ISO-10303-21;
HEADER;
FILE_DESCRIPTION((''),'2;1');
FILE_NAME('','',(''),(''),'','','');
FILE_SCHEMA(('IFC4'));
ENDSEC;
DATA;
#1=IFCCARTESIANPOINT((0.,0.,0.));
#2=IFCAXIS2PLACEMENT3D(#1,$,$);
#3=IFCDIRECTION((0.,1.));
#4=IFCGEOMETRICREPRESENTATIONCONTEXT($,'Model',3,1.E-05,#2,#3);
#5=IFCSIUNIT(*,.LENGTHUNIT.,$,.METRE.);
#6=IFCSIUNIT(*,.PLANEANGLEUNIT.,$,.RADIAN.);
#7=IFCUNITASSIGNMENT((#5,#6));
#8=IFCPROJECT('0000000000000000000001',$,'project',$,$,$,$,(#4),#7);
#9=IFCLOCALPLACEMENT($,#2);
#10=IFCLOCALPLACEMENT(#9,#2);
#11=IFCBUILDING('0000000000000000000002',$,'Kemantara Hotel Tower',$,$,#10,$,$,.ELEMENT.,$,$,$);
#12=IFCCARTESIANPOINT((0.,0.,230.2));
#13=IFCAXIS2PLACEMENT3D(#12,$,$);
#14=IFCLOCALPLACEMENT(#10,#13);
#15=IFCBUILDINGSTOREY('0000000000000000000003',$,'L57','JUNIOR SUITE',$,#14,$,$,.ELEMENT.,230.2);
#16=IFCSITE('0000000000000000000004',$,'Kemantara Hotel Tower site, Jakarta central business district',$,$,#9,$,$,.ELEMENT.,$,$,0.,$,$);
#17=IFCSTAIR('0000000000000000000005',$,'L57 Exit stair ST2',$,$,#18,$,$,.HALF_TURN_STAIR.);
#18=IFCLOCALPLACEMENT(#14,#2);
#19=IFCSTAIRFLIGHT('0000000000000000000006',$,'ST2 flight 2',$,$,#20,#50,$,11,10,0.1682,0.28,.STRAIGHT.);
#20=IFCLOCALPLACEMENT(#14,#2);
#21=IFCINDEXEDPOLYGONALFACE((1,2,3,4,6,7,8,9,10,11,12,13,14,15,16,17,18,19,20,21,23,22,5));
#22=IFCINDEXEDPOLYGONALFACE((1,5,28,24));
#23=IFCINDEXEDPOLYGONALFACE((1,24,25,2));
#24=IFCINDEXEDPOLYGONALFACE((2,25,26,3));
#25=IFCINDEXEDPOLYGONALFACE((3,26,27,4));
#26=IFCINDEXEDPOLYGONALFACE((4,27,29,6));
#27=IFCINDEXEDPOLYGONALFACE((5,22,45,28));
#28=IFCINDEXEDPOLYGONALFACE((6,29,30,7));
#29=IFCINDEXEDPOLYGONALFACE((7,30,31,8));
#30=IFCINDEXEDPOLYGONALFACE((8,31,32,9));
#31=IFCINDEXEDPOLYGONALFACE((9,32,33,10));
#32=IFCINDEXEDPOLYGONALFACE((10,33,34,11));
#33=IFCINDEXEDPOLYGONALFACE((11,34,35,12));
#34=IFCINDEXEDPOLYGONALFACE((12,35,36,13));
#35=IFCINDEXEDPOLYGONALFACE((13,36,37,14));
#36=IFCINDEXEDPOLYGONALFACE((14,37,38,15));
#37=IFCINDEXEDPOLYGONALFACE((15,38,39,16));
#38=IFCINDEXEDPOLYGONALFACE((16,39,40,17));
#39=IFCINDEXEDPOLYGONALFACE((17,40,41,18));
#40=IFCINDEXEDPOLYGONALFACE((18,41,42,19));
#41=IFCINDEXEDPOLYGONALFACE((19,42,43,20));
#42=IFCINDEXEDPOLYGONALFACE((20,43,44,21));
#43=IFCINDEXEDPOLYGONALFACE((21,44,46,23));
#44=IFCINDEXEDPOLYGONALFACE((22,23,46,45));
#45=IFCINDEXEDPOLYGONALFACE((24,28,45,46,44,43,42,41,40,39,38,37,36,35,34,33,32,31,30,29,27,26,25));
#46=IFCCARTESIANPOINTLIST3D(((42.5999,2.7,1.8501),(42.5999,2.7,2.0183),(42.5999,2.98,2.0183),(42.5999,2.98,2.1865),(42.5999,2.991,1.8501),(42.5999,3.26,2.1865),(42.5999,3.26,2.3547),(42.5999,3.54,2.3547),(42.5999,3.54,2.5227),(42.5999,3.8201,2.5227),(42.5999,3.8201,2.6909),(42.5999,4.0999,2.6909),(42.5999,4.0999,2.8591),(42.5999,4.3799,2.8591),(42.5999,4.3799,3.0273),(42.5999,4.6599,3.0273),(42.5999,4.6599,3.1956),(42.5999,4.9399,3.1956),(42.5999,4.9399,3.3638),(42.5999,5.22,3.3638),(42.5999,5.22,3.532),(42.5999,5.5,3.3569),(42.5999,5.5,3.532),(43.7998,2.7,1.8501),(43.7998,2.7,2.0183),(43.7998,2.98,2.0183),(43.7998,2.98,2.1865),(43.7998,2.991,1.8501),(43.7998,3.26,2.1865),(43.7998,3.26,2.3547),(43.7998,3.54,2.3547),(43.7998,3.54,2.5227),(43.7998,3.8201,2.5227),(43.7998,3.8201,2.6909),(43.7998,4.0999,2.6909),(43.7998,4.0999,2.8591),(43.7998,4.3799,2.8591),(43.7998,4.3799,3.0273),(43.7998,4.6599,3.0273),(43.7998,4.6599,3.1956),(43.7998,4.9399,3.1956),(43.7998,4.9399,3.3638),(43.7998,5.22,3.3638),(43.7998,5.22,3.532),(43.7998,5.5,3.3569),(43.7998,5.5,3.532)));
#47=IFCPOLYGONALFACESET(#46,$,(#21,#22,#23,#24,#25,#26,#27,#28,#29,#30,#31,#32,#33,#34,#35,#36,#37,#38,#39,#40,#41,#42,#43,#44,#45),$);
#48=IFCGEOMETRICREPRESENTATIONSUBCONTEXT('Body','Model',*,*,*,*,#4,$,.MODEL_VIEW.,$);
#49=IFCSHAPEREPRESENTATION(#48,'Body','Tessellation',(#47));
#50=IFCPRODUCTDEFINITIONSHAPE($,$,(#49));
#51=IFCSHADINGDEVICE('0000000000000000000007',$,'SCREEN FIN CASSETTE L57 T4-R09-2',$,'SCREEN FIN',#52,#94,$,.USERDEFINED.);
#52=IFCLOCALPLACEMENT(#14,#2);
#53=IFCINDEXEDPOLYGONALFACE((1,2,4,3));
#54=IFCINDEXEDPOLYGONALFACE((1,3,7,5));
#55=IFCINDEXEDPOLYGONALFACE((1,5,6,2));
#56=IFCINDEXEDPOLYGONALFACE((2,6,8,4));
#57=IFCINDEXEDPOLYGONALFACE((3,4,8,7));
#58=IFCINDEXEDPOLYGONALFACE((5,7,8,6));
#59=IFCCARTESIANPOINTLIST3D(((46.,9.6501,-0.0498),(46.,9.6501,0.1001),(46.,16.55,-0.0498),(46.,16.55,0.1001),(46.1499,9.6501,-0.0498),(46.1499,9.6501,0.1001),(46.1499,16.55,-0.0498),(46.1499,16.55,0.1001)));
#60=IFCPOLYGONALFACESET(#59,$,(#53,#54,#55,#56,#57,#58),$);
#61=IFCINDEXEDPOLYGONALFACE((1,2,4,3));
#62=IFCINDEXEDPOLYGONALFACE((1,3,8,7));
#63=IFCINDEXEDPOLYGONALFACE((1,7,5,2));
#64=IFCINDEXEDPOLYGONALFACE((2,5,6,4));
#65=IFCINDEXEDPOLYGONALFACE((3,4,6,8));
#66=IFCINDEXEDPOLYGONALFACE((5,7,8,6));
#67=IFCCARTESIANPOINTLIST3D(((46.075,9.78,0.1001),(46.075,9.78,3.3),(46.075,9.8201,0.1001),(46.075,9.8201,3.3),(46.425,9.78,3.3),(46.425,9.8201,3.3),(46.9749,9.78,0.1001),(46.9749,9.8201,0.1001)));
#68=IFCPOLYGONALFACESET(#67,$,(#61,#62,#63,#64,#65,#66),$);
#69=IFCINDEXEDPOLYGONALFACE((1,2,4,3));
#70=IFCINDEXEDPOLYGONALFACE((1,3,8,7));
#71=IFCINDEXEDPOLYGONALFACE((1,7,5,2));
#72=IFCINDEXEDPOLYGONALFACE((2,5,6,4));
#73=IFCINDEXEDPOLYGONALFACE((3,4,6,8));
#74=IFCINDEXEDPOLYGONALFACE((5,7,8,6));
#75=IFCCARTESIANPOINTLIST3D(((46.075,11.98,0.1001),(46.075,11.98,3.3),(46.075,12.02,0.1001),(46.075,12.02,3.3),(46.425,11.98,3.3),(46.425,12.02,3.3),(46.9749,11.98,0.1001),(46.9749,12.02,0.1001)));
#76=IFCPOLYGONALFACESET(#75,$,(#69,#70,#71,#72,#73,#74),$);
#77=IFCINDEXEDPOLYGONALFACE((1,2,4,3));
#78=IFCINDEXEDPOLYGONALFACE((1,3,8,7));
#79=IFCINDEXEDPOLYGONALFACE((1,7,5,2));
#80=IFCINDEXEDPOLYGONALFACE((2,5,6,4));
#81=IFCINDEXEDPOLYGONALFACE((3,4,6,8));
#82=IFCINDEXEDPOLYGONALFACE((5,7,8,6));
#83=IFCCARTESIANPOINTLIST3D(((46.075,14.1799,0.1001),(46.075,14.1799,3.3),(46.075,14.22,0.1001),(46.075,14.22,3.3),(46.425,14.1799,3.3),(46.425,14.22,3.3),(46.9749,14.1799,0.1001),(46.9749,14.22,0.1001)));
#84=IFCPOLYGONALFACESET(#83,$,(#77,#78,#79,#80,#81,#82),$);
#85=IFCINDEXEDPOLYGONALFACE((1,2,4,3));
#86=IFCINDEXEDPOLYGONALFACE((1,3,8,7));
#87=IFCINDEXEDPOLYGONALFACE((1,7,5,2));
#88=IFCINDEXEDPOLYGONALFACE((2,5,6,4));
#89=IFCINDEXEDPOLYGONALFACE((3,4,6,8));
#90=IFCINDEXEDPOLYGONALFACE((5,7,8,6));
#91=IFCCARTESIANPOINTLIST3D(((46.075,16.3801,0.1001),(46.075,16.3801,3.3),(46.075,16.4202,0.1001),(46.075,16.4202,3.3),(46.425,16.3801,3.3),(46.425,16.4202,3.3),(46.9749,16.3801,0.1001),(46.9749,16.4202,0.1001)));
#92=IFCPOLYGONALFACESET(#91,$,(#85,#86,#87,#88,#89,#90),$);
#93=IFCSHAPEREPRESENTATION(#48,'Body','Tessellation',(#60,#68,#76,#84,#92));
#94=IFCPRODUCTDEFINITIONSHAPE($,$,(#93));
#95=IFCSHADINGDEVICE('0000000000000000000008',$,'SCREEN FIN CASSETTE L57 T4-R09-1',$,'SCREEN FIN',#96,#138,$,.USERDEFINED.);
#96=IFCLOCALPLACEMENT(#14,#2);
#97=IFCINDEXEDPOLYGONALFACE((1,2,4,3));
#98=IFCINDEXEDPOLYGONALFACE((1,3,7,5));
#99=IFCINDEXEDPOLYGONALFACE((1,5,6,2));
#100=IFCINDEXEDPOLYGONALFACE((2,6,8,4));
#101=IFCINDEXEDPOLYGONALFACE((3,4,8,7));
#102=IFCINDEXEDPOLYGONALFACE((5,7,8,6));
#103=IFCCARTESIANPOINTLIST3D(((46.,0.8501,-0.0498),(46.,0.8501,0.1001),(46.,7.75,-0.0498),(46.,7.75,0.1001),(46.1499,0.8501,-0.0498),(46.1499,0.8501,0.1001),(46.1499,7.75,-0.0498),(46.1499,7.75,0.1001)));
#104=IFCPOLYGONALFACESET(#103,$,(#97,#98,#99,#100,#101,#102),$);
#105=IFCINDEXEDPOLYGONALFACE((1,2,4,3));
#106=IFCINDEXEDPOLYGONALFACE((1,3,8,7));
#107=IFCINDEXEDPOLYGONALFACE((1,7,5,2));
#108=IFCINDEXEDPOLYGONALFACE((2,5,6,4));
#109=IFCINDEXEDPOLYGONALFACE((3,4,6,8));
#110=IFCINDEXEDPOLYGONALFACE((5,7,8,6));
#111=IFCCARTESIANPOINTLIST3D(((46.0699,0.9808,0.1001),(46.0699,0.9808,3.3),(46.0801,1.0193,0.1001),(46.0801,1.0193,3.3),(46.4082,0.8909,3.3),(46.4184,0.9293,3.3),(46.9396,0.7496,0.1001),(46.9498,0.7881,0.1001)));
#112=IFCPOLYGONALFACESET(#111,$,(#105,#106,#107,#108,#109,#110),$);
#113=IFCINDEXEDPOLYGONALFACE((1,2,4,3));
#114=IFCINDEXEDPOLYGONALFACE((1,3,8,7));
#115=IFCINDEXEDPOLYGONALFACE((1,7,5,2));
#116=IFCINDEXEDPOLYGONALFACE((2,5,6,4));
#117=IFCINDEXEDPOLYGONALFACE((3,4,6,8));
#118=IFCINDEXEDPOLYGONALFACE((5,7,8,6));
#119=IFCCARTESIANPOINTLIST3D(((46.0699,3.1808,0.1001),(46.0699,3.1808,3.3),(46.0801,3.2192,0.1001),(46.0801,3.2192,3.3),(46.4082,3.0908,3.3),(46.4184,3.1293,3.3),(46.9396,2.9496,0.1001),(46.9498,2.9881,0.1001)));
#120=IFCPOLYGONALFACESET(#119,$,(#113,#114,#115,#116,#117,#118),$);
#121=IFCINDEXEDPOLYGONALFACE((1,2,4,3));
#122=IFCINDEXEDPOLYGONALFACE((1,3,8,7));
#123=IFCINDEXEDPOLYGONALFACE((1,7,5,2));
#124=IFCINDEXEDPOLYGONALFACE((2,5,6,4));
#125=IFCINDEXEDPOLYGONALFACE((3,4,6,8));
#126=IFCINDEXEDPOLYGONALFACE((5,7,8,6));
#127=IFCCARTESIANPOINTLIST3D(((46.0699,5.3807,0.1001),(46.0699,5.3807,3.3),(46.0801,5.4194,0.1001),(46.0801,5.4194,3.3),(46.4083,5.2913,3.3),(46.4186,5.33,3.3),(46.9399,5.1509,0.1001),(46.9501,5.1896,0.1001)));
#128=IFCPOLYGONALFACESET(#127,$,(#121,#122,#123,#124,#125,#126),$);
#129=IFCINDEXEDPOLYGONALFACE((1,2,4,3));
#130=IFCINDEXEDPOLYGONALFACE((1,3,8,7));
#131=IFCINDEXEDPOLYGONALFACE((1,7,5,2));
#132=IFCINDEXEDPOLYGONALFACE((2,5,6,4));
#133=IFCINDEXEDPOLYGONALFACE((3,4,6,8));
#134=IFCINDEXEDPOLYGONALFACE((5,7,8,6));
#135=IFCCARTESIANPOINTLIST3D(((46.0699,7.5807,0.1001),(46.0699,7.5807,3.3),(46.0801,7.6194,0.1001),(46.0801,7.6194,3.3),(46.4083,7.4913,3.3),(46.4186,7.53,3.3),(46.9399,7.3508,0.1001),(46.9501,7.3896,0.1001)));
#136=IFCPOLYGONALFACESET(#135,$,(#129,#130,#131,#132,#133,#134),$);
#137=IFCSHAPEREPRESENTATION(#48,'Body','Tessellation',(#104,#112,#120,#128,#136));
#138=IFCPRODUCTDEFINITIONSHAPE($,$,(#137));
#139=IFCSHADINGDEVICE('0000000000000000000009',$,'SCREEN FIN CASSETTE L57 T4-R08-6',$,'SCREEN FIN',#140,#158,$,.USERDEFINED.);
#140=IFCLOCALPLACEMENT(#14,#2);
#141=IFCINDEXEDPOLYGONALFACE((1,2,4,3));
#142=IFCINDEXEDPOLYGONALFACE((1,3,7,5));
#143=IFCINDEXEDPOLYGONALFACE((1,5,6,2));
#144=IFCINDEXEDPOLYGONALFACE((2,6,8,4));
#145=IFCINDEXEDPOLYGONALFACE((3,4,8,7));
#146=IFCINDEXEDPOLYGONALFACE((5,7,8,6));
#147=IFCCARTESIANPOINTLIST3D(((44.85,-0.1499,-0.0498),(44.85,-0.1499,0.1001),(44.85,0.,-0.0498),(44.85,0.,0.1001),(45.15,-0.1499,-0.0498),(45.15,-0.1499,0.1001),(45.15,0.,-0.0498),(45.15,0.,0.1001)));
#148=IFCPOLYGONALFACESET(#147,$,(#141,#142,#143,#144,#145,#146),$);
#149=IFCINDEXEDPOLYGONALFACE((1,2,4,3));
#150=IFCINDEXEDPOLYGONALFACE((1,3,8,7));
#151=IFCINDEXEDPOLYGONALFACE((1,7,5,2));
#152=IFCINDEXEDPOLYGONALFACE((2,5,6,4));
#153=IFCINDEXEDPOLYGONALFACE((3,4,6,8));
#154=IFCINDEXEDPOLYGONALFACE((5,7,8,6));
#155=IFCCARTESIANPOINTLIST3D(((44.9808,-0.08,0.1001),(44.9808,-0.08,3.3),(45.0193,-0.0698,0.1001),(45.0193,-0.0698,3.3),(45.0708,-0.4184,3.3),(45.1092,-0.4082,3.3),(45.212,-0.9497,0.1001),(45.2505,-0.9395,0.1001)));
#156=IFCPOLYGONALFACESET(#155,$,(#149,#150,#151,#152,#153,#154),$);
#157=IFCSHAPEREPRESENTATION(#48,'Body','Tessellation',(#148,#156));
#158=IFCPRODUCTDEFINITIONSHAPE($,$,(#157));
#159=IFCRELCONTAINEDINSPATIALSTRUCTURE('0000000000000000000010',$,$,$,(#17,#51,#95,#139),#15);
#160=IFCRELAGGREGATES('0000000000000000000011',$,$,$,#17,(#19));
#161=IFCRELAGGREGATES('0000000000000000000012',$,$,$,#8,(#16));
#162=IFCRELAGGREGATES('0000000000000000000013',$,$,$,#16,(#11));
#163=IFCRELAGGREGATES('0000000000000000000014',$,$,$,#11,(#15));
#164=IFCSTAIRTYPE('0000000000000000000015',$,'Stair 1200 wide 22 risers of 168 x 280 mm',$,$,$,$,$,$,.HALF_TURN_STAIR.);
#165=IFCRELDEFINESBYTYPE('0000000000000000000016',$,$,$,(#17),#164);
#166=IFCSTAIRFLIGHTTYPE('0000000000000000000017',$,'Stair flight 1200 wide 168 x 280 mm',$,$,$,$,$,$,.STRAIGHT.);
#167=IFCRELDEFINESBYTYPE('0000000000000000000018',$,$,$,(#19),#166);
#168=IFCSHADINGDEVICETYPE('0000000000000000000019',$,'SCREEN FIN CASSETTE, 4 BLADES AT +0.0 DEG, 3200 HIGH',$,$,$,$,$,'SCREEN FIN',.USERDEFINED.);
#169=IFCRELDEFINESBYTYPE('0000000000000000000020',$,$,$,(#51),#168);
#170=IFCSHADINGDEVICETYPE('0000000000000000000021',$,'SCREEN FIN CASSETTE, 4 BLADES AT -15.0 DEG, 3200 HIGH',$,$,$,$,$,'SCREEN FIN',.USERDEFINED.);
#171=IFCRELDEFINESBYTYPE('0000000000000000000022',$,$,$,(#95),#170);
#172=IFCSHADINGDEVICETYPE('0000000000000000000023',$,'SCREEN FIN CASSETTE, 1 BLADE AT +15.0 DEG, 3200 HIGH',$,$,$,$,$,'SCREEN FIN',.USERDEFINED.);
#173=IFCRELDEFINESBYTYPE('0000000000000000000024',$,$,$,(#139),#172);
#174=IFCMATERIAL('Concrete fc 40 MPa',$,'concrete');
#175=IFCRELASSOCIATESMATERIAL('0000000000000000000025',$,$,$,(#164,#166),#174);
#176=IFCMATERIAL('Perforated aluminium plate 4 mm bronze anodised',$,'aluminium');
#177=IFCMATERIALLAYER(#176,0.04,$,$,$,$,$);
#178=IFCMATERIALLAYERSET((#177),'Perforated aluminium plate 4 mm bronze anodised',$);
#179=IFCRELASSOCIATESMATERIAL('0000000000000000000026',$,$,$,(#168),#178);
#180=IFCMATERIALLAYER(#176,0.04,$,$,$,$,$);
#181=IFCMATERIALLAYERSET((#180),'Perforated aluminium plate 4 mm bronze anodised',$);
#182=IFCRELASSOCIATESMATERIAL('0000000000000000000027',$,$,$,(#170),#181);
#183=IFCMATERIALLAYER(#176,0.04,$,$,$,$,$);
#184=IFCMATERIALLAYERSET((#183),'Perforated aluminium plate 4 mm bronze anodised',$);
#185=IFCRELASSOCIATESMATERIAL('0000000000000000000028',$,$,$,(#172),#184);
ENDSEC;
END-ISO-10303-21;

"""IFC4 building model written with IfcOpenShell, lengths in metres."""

from ifc_helpers import new_model, si_unit, direction, frame, origin, origin_2d, place, context, subcontext, project, spatial, polyline, rectangle, outline, extrude, source, transform, mapped, material, layer, layer_set, type_object, element, aggregate, save


model = new_model("IFC4")

# Units and contexts
model_context = context("Model", 3, precision=1e-05, world=origin(), true_north=direction((0.0, 1.0)))
body_context = subcontext(model_context, "Body", "Model", "MODEL_VIEW")
ifc_project = project(units=[si_unit("LENGTHUNIT", "METRE"), si_unit("PLANEANGLEUNIT", "RADIAN")], contexts=[model_context])

# Site, building, storey
site_placement = place(None, origin())
site = spatial("IfcSite", under=ifc_project, at=site_placement, Name="Kemantara Hotel Tower site, Jakarta central business district", CompositionType="ELEMENT", RefElevation=0.0)
building_placement = place(site_placement, origin())
building = spatial("IfcBuilding", under=site, at=building_placement, Name="Kemantara Hotel Tower", CompositionType="ELEMENT")
storey_placement = place(building_placement, frame((0.0, 0.0, 230.2)))
storey = spatial("IfcBuildingStorey", under=building, at=storey_placement, Name="L57", Description="JUNIOR SUITE", CompositionType="ELEMENT", Elevation=230.2)

# Stair, stair flight
ifc_material_1 = material(Name="Concrete fc 40 MPa", Category="concrete")
stair_type = type_object("IfcStairType", Name="Stair 1200 wide 22 risers of 168 x 280 mm", PredefinedType="HALF_TURN_STAIR", material=ifc_material_1)
stair_placement = place(storey_placement, origin())
stair = element("IfcStair", 1, at=stair_placement, inside=storey, type_object=stair_type, Name="L57 Exit stair ST2", PredefinedType="HALF_TURN_STAIR")
stair_flight_type = type_object("IfcStairFlightType", Name="Stair flight 1200 wide 168 x 280 mm", PredefinedType="STRAIGHT", material=ifc_material_1)
stair_flight_placement = place(storey_placement, frame((43.2, 2.7, 1.8501), z_axis=(0.0, 0.0, 1.0), x_axis=(0.0, 1.0, 0.0)))
stair_flight = element("IfcStairFlight", 2, at=stair_flight_placement, type_object=stair_flight_type, Name="ST2 flight 2", NumberOfRisers=11, NumberOfTreads=10, PredefinedType="STRAIGHT", RiserHeight=0.1682, TreadLength=0.28, context=body_context, shape_type="SweptSolid", body=[
    extrude(outline(polyline([(0.0, 0.0), (0.0, 0.1682), (0.28, 0.1682), (0.28, 0.3364), (0.5601, 0.3364), (0.5601, 0.5046), (0.8401, 0.5046), (0.8401, 0.6726), (1.1201, 0.6726), (1.1201, 0.8408), (1.3999, 0.8408), (1.3999, 1.009), (1.6799, 1.009), (1.6799, 1.1772), (1.96, 1.1772), (1.96, 1.3455), (2.24, 1.3455), (2.24, 1.5137), (2.52, 1.5137), (2.52, 1.6819), (2.8, 1.6819), (2.8, 1.8501), (2.8, 1.5068), (0.291, 0.0), (0.0, 0.0)])), frame((0.0, 0.6001, 0.0), z_axis=(0.0, -1.0, 0.0), x_axis=(1.0, 0.0, 0.0)), (0.0, 0.0, 1.0), 1.2),
])
aggregate(stair, [stair_flight])

# Shading devices
ifc_material_2 = material(Name="Perforated aluminium plate 4 mm bronze anodised", Category="aluminium")
ifc_layer_1 = layer(ifc_material_2, 0.04)
ifc_layer_set_1 = layer_set([ifc_layer_1], Name="Perforated aluminium plate 4 mm bronze anodised")
shading_device_type_1 = type_object("IfcShadingDeviceType", Name="SCREEN FIN CASSETTE, 4 BLADES AT +0.0 DEG, 3200 HIGH", ElementType="SCREEN FIN", PredefinedType="USERDEFINED", material=ifc_layer_set_1)
shared_shape_1 = source(origin(), body_context, "Body", "SweptSolid", [
    extrude(rectangle(XDim=6.8999, YDim=0.1499, at=origin_2d()), frame((3.3, -0.075, -0.1499), z_axis=(0.0, 0.0, 1.0), x_axis=(1.0, 0.0, 0.0)), (0.0, 0.0, 1.0), 0.1499),
    extrude(outline(polyline([(0.0, 0.0), (0.8999, 0.0), (0.3501, 3.2), (0.0, 3.2), (0.0, 0.0)])), frame((0.02, -0.075, 0.0), z_axis=(-1.0, 0.0, 0.0), x_axis=(0.0, -1.0, 0.0)), (0.0, 0.0, 1.0), 0.04),
    extrude(outline(polyline([(0.0, 0.0), (0.8999, 0.0), (0.3501, 3.2), (0.0, 3.2), (0.0, 0.0)])), frame((2.22, -0.075, 0.0), z_axis=(-1.0, 0.0, 0.0), x_axis=(0.0, -1.0, 0.0)), (0.0, 0.0, 1.0), 0.04),
    extrude(outline(polyline([(0.0, 0.0), (0.8999, 0.0), (0.3501, 3.2), (0.0, 3.2), (0.0, 0.0)])), frame((4.4199, -0.075, 0.0), z_axis=(-1.0, 0.0, 0.0), x_axis=(0.0, -1.0, 0.0)), (0.0, 0.0, 1.0), 0.04),
    extrude(outline(polyline([(0.0, 0.0), (0.8999, 0.0), (0.3501, 3.2), (0.0, 3.2), (0.0, 0.0)])), frame((6.6201, -0.075, 0.0), z_axis=(-1.0, 0.0, 0.0), x_axis=(0.0, -1.0, 0.0)), (0.0, 0.0, 1.0), 0.04),
])
shading_device_1_placement = place(storey_placement, frame((46.0, 9.8, 0.1001), z_axis=(0.0, 0.0, 1.0), x_axis=(0.0, 1.0, 0.0)))
element("IfcShadingDevice", 3, at=shading_device_1_placement, inside=storey, type_object=shading_device_type_1, Name="SCREEN FIN CASSETTE L57 T4-R09-2", ObjectType="SCREEN FIN", PredefinedType="USERDEFINED", context=body_context, shape_type="MappedRepresentation", body=[
    mapped(shared_shape_1, transform((0.0, 0.0, 0.0))),
])
ifc_layer_2 = layer(ifc_material_2, 0.04)
ifc_layer_set_2 = layer_set([ifc_layer_2], Name="Perforated aluminium plate 4 mm bronze anodised")
shading_device_type_2 = type_object("IfcShadingDeviceType", Name="SCREEN FIN CASSETTE, 4 BLADES AT -15.0 DEG, 3200 HIGH", ElementType="SCREEN FIN", PredefinedType="USERDEFINED", material=ifc_layer_set_2)
shared_shape_2 = source(origin(), body_context, "Body", "SweptSolid", [
    extrude(rectangle(XDim=6.8999, YDim=0.1499, at=origin_2d()), frame((3.3, -0.075, -0.1499), z_axis=(0.0, 0.0, 1.0), x_axis=(1.0, 0.0, 0.0)), (0.0, 0.0, 1.0), 0.1499),
    extrude(outline(polyline([(0.0, 0.0), (0.8999, 0.0), (0.3501, 3.2), (0.0, 3.2), (0.0, 0.0)])), frame((0.0193, -0.0801, 0.0), z_axis=(-0.966438, 0.256901, 0.0), x_axis=(-0.256901, -0.966438, 0.0)), (0.0, 0.0, 1.0), 0.0398),
    extrude(outline(polyline([(0.0, 0.0), (0.8999, 0.0), (0.3501, 3.2), (0.0, 3.2), (0.0, 0.0)])), frame((2.2192, -0.0801, 0.0), z_axis=(-0.966438, 0.256901, 0.0), x_axis=(-0.256901, -0.966438, 0.0)), (0.0, 0.0, 1.0), 0.0398),
    extrude(outline(polyline([(0.0, 0.0), (0.8999, 0.0), (0.3501, 3.2), (0.0, 3.2), (0.0, 0.0)])), frame((4.4194, -0.0801, 0.0), z_axis=(-0.966838, 0.255391, 0.0), x_axis=(-0.255391, -0.966838, 0.0)), (0.0, 0.0, 1.0), 0.04),
    extrude(outline(polyline([(0.0, 0.0), (0.8999, 0.0), (0.3501, 3.2), (0.0, 3.2), (0.0, 0.0)])), frame((6.6194, -0.0801, 0.0), z_axis=(-0.966838, 0.255391, 0.0), x_axis=(-0.255391, -0.966838, 0.0)), (0.0, 0.0, 1.0), 0.04),
])
shading_device_2_placement = place(storey_placement, frame((46.0, 1.0, 0.1001), z_axis=(0.0, 0.0, 1.0), x_axis=(0.0, 1.0, 0.0)))
element("IfcShadingDevice", 4, at=shading_device_2_placement, inside=storey, type_object=shading_device_type_2, Name="SCREEN FIN CASSETTE L57 T4-R09-1", ObjectType="SCREEN FIN", PredefinedType="USERDEFINED", context=body_context, shape_type="MappedRepresentation", body=[
    mapped(shared_shape_2, transform((0.0, 0.0, 0.0))),
])
ifc_layer_3 = layer(ifc_material_2, 0.04)
ifc_layer_set_3 = layer_set([ifc_layer_3], Name="Perforated aluminium plate 4 mm bronze anodised")
shading_device_type_3 = type_object("IfcShadingDeviceType", Name="SCREEN FIN CASSETTE, 1 BLADE AT +15.0 DEG, 3200 HIGH", ElementType="SCREEN FIN", PredefinedType="USERDEFINED", material=ifc_layer_set_3)
shared_shape_3 = source(origin(), body_context, "Body", "SweptSolid", [
    extrude(rectangle(XDim=0.3, YDim=0.1499, at=origin_2d()), frame((0.0, -0.075, -0.1499), z_axis=(0.0, 0.0, 1.0), x_axis=(1.0, 0.0, 0.0)), (0.0, 0.0, 1.0), 0.1499),
    extrude(outline(polyline([(0.0, 0.0), (0.8999, 0.0), (0.3501, 3.2), (0.0, 3.2), (0.0, 0.0)])), frame((0.0193, -0.0698, 0.0), z_axis=(-0.966438, -0.256901, 0.0), x_axis=(0.256901, -0.966438, 0.0)), (0.0, 0.0, 1.0), 0.0398),
])
shading_device_3_placement = place(storey_placement, frame((45.0, 0.0, 0.1001), z_axis=(0.0, 0.0, 1.0), x_axis=(1.0, 0.0, 0.0)))
element("IfcShadingDevice", 5, at=shading_device_3_placement, inside=storey, type_object=shading_device_type_3, Name="SCREEN FIN CASSETTE L57 T4-R08-6", ObjectType="SCREEN FIN", PredefinedType="USERDEFINED", context=body_context, shape_type="MappedRepresentation", body=[
    mapped(shared_shape_3, transform((0.0, 0.0, 0.0))),
])

save(model, "model.ifc")
